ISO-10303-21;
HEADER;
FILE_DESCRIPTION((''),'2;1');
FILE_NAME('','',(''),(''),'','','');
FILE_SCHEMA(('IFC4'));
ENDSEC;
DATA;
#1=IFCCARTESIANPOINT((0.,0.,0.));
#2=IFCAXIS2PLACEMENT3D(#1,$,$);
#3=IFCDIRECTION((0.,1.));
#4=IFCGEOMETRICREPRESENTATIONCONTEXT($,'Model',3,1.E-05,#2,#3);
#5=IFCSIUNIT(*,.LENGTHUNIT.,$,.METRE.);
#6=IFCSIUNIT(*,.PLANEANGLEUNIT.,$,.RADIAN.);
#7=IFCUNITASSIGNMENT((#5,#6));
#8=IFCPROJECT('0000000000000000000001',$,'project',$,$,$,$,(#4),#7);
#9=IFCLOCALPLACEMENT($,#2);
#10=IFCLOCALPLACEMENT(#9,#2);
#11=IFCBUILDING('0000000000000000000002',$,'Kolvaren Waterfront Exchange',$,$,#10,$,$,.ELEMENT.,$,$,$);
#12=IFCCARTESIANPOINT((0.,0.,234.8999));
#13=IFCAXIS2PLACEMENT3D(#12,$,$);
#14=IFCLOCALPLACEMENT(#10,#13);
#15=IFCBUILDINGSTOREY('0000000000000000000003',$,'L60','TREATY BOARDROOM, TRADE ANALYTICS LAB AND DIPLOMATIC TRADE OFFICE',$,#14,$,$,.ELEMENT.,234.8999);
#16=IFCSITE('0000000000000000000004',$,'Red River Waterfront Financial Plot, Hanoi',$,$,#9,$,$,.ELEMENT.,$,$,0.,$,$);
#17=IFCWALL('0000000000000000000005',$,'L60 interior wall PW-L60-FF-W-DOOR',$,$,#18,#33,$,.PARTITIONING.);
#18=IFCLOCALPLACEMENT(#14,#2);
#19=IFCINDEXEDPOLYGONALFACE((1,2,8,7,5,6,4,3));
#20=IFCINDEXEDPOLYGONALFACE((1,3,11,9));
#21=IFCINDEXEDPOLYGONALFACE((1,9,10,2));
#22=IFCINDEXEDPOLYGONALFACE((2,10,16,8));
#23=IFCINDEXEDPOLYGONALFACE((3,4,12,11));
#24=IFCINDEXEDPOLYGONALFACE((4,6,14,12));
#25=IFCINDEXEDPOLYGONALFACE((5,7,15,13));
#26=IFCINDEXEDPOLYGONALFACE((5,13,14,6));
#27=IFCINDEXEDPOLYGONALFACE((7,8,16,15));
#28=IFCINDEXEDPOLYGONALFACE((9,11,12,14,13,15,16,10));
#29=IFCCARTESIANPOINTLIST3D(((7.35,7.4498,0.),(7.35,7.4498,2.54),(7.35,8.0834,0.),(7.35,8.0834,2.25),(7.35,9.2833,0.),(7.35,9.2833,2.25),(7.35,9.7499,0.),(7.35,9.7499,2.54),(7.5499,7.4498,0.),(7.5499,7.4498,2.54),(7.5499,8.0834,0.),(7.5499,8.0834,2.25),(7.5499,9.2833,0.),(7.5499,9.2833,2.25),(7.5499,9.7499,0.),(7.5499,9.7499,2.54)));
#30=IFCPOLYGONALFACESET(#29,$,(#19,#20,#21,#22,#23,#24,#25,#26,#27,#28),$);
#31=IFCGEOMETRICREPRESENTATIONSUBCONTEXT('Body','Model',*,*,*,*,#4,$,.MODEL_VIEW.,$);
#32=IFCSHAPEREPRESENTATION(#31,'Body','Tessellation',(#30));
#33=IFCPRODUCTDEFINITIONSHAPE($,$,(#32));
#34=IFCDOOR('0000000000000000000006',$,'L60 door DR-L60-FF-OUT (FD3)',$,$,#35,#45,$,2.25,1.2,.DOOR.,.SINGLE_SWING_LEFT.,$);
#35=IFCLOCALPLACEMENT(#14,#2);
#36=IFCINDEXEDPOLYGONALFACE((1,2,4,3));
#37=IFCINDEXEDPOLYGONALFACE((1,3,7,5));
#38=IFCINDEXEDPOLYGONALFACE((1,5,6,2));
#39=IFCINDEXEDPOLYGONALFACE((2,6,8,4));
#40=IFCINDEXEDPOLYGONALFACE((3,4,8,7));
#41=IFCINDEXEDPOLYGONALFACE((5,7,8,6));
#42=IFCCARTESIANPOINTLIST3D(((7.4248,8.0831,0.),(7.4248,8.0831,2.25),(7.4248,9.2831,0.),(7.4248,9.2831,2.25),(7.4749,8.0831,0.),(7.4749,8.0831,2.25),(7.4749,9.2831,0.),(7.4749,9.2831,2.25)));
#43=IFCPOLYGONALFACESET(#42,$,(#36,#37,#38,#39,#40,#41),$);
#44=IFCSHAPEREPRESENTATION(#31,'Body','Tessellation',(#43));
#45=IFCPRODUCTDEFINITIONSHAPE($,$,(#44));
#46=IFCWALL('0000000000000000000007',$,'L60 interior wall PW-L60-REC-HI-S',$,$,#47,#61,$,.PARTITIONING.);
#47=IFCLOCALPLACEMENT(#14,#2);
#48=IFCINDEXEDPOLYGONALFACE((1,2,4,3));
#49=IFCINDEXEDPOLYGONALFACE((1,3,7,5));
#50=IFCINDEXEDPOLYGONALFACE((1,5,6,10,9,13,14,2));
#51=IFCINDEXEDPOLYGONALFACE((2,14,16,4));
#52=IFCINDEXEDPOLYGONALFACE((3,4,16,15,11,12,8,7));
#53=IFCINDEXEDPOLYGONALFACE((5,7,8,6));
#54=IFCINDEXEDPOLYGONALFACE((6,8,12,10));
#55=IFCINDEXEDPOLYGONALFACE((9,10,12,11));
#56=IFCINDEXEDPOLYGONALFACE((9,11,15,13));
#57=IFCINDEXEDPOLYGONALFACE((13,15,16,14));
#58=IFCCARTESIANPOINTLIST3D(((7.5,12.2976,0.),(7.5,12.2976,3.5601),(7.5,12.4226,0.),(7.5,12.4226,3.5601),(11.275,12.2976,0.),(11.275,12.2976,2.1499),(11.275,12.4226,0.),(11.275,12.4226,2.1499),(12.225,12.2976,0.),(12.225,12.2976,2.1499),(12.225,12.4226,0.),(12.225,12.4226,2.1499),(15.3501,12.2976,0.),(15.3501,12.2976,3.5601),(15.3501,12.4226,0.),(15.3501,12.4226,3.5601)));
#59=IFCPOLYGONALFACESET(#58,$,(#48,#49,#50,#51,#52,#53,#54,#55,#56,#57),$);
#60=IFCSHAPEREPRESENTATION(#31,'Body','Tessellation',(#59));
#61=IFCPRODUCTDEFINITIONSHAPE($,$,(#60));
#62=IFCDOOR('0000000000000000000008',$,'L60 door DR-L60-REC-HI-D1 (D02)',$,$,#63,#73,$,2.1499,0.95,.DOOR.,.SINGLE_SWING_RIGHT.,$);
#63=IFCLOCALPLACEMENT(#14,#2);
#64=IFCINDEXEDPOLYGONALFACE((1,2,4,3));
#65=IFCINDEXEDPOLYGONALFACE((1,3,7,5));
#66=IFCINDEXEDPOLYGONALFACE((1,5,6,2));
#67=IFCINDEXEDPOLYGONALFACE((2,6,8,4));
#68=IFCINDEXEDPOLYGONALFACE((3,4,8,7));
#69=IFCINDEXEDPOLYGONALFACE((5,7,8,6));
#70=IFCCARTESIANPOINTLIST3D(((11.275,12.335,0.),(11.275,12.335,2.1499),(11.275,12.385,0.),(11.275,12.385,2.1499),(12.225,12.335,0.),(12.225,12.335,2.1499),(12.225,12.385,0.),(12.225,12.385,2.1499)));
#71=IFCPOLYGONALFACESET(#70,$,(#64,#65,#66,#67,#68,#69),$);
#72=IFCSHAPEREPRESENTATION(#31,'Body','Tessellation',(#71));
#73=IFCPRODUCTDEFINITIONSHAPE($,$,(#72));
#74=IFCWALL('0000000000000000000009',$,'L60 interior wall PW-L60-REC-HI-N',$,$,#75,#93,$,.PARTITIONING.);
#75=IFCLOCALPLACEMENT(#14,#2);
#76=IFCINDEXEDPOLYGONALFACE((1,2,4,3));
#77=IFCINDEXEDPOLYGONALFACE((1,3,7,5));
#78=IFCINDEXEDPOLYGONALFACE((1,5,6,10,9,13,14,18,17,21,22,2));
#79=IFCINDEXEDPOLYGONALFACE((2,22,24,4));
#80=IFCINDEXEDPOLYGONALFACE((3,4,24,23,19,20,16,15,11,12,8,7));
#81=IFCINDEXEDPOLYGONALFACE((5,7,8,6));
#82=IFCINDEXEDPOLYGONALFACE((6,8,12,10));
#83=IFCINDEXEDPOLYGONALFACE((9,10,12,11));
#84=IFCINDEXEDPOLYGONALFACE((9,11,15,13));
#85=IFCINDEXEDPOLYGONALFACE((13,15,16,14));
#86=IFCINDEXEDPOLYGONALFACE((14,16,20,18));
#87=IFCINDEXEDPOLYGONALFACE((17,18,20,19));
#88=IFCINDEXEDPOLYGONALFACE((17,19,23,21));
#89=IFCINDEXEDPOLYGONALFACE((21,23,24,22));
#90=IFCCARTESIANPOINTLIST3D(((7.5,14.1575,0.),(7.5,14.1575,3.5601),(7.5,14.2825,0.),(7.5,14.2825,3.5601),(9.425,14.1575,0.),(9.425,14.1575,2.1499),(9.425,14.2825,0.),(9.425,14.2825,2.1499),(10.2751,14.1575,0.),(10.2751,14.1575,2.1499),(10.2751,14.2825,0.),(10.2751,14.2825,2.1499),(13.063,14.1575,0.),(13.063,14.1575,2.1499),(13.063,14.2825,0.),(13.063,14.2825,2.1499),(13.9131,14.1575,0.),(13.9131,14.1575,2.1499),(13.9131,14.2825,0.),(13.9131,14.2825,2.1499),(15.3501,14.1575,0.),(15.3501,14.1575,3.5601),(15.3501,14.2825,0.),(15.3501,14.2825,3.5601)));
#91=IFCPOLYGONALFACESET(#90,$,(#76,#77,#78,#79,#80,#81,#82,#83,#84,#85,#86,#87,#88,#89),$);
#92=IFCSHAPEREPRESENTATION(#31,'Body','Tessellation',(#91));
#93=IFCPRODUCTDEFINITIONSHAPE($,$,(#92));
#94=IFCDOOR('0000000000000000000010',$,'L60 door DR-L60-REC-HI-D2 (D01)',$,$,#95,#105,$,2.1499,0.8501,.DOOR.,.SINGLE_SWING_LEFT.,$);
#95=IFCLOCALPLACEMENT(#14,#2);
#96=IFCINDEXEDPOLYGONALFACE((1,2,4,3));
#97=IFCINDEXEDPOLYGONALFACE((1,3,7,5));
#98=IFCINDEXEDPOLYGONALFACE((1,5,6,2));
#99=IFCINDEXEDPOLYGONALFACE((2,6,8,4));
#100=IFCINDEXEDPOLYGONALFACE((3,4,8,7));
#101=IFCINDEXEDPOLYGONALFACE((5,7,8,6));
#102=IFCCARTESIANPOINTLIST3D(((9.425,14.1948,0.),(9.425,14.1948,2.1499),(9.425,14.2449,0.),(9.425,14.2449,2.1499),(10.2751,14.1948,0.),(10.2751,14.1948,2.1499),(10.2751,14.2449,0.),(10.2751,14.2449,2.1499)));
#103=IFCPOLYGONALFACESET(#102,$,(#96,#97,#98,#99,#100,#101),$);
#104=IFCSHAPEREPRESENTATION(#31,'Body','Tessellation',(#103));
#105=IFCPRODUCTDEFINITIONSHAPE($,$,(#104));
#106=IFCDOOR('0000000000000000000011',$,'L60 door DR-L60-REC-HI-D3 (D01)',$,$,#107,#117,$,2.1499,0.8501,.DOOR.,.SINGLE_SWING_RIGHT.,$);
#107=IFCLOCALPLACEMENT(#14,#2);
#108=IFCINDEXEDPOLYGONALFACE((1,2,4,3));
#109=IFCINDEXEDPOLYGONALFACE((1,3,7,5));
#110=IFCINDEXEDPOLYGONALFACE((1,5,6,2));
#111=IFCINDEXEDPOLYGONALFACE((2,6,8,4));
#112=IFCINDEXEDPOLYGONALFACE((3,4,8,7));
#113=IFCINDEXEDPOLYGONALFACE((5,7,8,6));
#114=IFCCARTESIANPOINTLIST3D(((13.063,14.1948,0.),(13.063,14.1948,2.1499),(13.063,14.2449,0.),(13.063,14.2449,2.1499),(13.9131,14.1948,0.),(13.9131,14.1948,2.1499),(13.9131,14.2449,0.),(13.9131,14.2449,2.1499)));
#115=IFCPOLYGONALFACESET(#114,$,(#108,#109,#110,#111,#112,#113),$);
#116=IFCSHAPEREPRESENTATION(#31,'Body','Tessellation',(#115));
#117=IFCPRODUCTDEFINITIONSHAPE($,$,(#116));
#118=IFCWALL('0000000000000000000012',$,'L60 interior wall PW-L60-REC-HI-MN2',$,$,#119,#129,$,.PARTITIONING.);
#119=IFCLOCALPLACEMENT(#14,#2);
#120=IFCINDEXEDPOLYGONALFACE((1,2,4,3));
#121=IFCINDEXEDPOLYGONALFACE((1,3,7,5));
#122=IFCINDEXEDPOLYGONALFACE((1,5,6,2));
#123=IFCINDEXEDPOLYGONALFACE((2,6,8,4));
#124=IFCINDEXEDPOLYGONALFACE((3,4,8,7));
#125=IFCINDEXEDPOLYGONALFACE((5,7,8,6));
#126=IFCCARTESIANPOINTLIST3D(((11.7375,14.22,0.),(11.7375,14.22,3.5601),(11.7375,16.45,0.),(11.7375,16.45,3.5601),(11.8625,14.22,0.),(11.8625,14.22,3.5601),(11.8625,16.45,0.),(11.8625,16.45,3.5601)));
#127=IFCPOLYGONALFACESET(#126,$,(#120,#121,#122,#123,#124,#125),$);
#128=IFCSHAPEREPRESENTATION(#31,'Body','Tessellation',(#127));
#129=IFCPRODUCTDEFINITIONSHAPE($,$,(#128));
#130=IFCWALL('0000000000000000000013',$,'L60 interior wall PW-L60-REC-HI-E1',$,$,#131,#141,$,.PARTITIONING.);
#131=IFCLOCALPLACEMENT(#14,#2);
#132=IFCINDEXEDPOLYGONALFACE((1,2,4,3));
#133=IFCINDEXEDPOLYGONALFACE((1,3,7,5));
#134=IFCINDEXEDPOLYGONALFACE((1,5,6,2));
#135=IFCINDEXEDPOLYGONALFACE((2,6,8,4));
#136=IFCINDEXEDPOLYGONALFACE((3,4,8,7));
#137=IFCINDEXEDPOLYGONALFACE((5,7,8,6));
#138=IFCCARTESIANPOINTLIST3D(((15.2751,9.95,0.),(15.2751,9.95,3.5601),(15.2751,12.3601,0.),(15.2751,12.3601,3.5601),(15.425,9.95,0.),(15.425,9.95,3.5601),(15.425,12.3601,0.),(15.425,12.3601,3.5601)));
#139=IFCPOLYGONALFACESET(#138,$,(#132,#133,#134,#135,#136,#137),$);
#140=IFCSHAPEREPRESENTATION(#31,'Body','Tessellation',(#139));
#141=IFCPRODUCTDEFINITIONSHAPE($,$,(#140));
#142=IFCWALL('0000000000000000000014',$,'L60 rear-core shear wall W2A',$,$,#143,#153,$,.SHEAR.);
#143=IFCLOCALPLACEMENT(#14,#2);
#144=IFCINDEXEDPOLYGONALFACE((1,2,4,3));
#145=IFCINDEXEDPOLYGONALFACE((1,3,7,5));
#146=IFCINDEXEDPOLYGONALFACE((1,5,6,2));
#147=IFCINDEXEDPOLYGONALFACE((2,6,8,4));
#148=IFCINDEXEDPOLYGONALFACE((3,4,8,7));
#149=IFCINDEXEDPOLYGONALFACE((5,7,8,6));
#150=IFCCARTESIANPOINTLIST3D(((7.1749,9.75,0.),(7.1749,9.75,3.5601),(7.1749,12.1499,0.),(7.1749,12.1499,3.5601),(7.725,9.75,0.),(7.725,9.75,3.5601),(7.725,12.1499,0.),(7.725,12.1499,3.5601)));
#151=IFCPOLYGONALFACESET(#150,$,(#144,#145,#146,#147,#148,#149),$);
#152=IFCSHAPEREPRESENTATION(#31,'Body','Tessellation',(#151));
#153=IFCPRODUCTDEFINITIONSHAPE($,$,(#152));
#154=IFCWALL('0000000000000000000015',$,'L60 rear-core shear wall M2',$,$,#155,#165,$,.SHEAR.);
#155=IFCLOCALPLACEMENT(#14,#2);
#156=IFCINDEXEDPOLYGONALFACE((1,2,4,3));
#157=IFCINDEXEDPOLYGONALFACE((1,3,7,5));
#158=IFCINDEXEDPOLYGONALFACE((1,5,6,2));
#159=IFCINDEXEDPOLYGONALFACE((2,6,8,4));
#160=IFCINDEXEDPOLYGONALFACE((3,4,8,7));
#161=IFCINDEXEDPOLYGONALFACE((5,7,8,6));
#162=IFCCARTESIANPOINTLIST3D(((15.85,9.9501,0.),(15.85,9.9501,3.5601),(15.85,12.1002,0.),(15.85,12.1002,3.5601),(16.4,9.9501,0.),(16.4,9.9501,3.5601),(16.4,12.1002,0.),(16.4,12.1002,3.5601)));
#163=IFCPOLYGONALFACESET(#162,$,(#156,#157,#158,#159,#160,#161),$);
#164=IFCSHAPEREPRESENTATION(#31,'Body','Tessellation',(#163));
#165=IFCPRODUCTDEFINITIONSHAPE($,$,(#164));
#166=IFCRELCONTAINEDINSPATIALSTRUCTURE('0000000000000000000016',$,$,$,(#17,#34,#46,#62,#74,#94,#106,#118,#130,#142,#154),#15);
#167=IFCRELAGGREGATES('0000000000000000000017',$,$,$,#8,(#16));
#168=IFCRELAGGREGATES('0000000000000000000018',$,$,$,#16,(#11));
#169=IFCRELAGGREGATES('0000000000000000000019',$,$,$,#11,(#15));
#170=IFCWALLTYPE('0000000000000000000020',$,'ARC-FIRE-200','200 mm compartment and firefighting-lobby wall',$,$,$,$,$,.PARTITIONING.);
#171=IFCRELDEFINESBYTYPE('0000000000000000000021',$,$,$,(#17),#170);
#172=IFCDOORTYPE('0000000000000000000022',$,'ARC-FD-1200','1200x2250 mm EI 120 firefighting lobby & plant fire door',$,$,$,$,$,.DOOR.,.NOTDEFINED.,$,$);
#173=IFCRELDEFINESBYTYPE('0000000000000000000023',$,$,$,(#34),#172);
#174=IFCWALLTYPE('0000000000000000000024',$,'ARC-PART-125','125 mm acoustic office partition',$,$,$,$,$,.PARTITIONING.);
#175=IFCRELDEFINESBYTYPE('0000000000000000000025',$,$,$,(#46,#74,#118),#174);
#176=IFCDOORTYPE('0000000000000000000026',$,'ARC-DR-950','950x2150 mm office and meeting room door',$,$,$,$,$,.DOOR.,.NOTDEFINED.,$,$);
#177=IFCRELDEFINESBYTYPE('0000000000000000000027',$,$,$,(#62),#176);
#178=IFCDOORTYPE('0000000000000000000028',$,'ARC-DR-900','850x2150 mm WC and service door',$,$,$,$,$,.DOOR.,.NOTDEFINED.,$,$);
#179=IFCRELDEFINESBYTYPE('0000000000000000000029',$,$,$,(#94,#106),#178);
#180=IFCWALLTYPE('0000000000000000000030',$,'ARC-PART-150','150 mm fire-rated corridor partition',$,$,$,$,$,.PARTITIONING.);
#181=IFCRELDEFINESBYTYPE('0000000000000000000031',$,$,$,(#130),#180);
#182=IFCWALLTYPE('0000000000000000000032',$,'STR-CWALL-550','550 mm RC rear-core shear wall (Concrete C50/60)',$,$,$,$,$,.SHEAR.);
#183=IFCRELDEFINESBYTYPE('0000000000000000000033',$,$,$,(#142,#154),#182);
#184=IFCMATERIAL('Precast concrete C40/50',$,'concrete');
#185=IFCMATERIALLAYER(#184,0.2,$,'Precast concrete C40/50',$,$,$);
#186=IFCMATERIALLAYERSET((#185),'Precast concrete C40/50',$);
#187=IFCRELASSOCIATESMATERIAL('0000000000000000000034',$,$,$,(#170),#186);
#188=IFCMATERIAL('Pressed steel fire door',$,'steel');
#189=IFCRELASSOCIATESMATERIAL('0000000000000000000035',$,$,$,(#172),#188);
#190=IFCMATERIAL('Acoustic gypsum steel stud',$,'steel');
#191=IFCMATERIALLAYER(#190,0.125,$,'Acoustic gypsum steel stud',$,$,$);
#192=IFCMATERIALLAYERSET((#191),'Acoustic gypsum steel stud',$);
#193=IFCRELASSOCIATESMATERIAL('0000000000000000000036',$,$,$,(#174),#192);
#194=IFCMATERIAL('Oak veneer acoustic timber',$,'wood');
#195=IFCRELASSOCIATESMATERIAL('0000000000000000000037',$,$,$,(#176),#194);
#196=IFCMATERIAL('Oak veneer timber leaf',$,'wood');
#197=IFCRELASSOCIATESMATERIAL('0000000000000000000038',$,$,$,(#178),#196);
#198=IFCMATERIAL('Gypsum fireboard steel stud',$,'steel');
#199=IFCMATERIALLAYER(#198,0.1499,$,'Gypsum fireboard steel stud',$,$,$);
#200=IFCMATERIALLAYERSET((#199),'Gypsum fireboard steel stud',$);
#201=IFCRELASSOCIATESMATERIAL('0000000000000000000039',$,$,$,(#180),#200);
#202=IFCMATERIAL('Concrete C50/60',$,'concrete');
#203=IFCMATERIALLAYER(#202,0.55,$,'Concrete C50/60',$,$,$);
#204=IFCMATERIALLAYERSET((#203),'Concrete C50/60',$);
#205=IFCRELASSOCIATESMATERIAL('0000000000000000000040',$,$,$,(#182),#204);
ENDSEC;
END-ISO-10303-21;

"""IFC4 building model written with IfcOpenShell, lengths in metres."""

from ifc_helpers import new_model, si_unit, direction, frame, frame_2d, origin, place, context, subcontext, project, spatial, rectangle, extrude, material, layer, layer_set, type_object, element, fill, save


model = new_model("IFC4")

# Units and contexts
model_context = context("Model", 3, precision=1e-05, world=origin(), true_north=direction((0.0, 1.0)))
body_context = subcontext(model_context, "Body", "Model", "MODEL_VIEW")
ifc_project = project(units=[si_unit("LENGTHUNIT", "METRE"), si_unit("PLANEANGLEUNIT", "RADIAN")], contexts=[model_context])

# Site, building, storey
site_placement = place(None, origin())
site = spatial("IfcSite", under=ifc_project, at=site_placement, Name="Red River Waterfront Financial Plot, Hanoi", CompositionType="ELEMENT", RefElevation=0.0)
building_placement = place(site_placement, origin())
building = spatial("IfcBuilding", under=site, at=building_placement, Name="Kolvaren Waterfront Exchange", CompositionType="ELEMENT")
storey_placement = place(building_placement, frame((0.0, 0.0, 234.8999)))
storey = spatial("IfcBuildingStorey", under=building, at=storey_placement, Name="L60", Description="TREATY BOARDROOM, TRADE ANALYTICS LAB AND DIPLOMATIC TRADE OFFICE", CompositionType="ELEMENT", Elevation=234.8999)

# Shared definitions
ifc_material_1 = material(Name="Precast concrete C40/50", Category="concrete")
ifc_layer_1 = layer(ifc_material_1, 0.2, Name="Precast concrete C40/50")
ifc_layer_set_1 = layer_set([ifc_layer_1], Name="Precast concrete C40/50")
wall_type_1 = type_object("IfcWallType", Name="ARC-FIRE-200", Description="200 mm compartment and firefighting-lobby wall", PredefinedType="PARTITIONING", material=ifc_layer_set_1)

# Walls, openings, doors
wall_1_placement = place(storey_placement, frame((7.45, 7.45, 0.0), z_axis=(0.0, 0.0, 1.0), x_axis=(0.0, 1.0, 0.0)))
wall_1 = element("IfcWall", 1, at=wall_1_placement, inside=storey, type_object=wall_type_1, Name="L60 interior wall PW-L60-FF-W-DOOR", PredefinedType="PARTITIONING", context=body_context, shape_type="SweptSolid", body=[
    extrude(rectangle(XDim=2.3, YDim=0.2, at=frame_2d((1.1499, 0.0))), origin(), (0.0, 0.0, 1.0), 2.54),
])
opening_1_placement = place(wall_1_placement, frame((0.6333, 0.0, 0.0)))
opening_1 = element("IfcOpeningElement", 2, at=opening_1_placement, cuts=wall_1, PredefinedType="OPENING", context=body_context, shape_type="SweptSolid", body=[
    extrude(rectangle(XDim=1.2, YDim=2.25, at=frame_2d((0.6001, 1.125))), frame((0.0, 0.1099, 0.0), z_axis=(0.0, -1.0, 0.0), x_axis=(1.0, 0.0, 0.0)), (0.0, 0.0, 1.0), 0.22),
])
ifc_material_2 = material(Name="Pressed steel fire door", Category="steel")
door_type_1 = type_object("IfcDoorType", Name="ARC-FD-1200", Description="1200x2250 mm EI 120 firefighting lobby & plant fire door", OperationType="NOTDEFINED", PredefinedType="DOOR", material=ifc_material_2)
door_1_placement = place(opening_1_placement, frame((1.2, 0.0, 0.0), z_axis=(0.0, 0.0, 1.0), x_axis=(-1.0, 0.0, 0.0)))
door_1 = element("IfcDoor", 3, at=door_1_placement, inside=storey, type_object=door_type_1, Name="L60 door DR-L60-FF-OUT (FD3)", OperationType="SINGLE_SWING_LEFT", OverallHeight=2.25, OverallWidth=1.2, PredefinedType="DOOR", context=body_context, shape_type="SweptSolid", body=[
    extrude(rectangle(XDim=1.2, YDim=2.25, at=frame_2d((0.6001, 1.125))), frame((0.0, 0.0249, 0.0), z_axis=(0.0, -1.0, 0.0), x_axis=(1.0, 0.0, 0.0)), (0.0, 0.0, 1.0), 0.05),
])
fill(opening_1, door_1)
ifc_material_3 = material(Name="Acoustic gypsum steel stud", Category="steel")
ifc_layer_2 = layer(ifc_material_3, 0.125, Name="Acoustic gypsum steel stud")
ifc_layer_set_2 = layer_set([ifc_layer_2], Name="Acoustic gypsum steel stud")
wall_type_2 = type_object("IfcWallType", Name="ARC-PART-125", Description="125 mm acoustic office partition", PredefinedType="PARTITIONING", material=ifc_layer_set_2)
wall_2_placement = place(storey_placement, frame((7.5, 12.3601, 0.0), z_axis=(0.0, 0.0, 1.0), x_axis=(1.0, 0.0, 0.0)))
wall_2 = element("IfcWall", 4, at=wall_2_placement, inside=storey, type_object=wall_type_2, Name="L60 interior wall PW-L60-REC-HI-S", PredefinedType="PARTITIONING", context=body_context, shape_type="SweptSolid", body=[
    extrude(rectangle(XDim=7.8501, YDim=0.125, at=frame_2d((3.925, 0.0))), origin(), (0.0, 0.0, 1.0), 3.5601),
])
opening_2_placement = place(wall_2_placement, frame((3.7749, 0.0, 0.0)))
opening_2 = element("IfcOpeningElement", 5, at=opening_2_placement, cuts=wall_2, PredefinedType="OPENING", context=body_context, shape_type="SweptSolid", body=[
    extrude(rectangle(XDim=0.95, YDim=2.1499, at=frame_2d((0.4751, 1.075))), frame((0.0, 0.0725, 0.0), z_axis=(0.0, -1.0, 0.0), x_axis=(1.0, 0.0, 0.0)), (0.0, 0.0, 1.0), 0.145),
])
ifc_material_4 = material(Name="Oak veneer acoustic timber", Category="wood")
door_type_2 = type_object("IfcDoorType", Name="ARC-DR-950", Description="950x2150 mm office and meeting room door", OperationType="NOTDEFINED", PredefinedType="DOOR", material=ifc_material_4)
door_2_placement = place(opening_2_placement, origin())
door_2 = element("IfcDoor", 6, at=door_2_placement, inside=storey, type_object=door_type_2, Name="L60 door DR-L60-REC-HI-D1 (D02)", OperationType="SINGLE_SWING_RIGHT", OverallHeight=2.1499, OverallWidth=0.95, PredefinedType="DOOR", context=body_context, shape_type="SweptSolid", body=[
    extrude(rectangle(XDim=0.95, YDim=2.1499, at=frame_2d((0.4751, 1.075))), frame((0.0, 0.0249, 0.0), z_axis=(0.0, -1.0, 0.0), x_axis=(1.0, 0.0, 0.0)), (0.0, 0.0, 1.0), 0.05),
])
fill(opening_2, door_2)

# Wall, openings, doors
wall_3_placement = place(storey_placement, frame((7.5, 14.22, 0.0), z_axis=(0.0, 0.0, 1.0), x_axis=(1.0, 0.0, 0.0)))
wall_3 = element("IfcWall", 7, at=wall_3_placement, inside=storey, type_object=wall_type_2, Name="L60 interior wall PW-L60-REC-HI-N", PredefinedType="PARTITIONING", context=body_context, shape_type="SweptSolid", body=[
    extrude(rectangle(XDim=7.8501, YDim=0.125, at=frame_2d((3.925, 0.0))), origin(), (0.0, 0.0, 1.0), 3.5601),
])
opening_3_placement = place(wall_3_placement, frame((1.925, 0.0, 0.0)))
opening_3 = element("IfcOpeningElement", 8, at=opening_3_placement, cuts=wall_3, PredefinedType="OPENING", context=body_context, shape_type="SweptSolid", body=[
    extrude(rectangle(XDim=0.8501, YDim=2.1499, at=frame_2d((0.425, 1.075))), frame((0.0, 0.0725, 0.0), z_axis=(0.0, -1.0, 0.0), x_axis=(1.0, 0.0, 0.0)), (0.0, 0.0, 1.0), 0.145),
])
opening_4_placement = place(wall_3_placement, frame((5.563, 0.0, 0.0)))
opening_4 = element("IfcOpeningElement", 9, at=opening_4_placement, cuts=wall_3, PredefinedType="OPENING", context=body_context, shape_type="SweptSolid", body=[
    extrude(rectangle(XDim=0.8501, YDim=2.1499, at=frame_2d((0.425, 1.075))), frame((0.0, 0.0725, 0.0), z_axis=(0.0, -1.0, 0.0), x_axis=(1.0, 0.0, 0.0)), (0.0, 0.0, 1.0), 0.145),
])
ifc_material_5 = material(Name="Oak veneer timber leaf", Category="wood")
door_type_3 = type_object("IfcDoorType", Name="ARC-DR-900", Description="850x2150 mm WC and service door", OperationType="NOTDEFINED", PredefinedType="DOOR", material=ifc_material_5)
door_3_placement = place(opening_3_placement, origin())
door_3 = element("IfcDoor", 10, at=door_3_placement, inside=storey, type_object=door_type_3, Name="L60 door DR-L60-REC-HI-D2 (D01)", OperationType="SINGLE_SWING_LEFT", OverallHeight=2.1499, OverallWidth=0.8501, PredefinedType="DOOR", context=body_context, shape_type="SweptSolid", body=[
    extrude(rectangle(XDim=0.8501, YDim=2.1499, at=frame_2d((0.425, 1.075))), frame((0.0, 0.0249, 0.0), z_axis=(0.0, -1.0, 0.0), x_axis=(1.0, 0.0, 0.0)), (0.0, 0.0, 1.0), 0.05),
])
fill(opening_3, door_3)
door_4_placement = place(opening_4_placement, origin())
door_4 = element("IfcDoor", 11, at=door_4_placement, inside=storey, type_object=door_type_3, Name="L60 door DR-L60-REC-HI-D3 (D01)", OperationType="SINGLE_SWING_RIGHT", OverallHeight=2.1499, OverallWidth=0.8501, PredefinedType="DOOR", context=body_context, shape_type="SweptSolid", body=[
    extrude(rectangle(XDim=0.8501, YDim=2.1499, at=frame_2d((0.425, 1.075))), frame((0.0, 0.0249, 0.0), z_axis=(0.0, -1.0, 0.0), x_axis=(1.0, 0.0, 0.0)), (0.0, 0.0, 1.0), 0.05),
])
fill(opening_4, door_4)

# Walls
wall_4_placement = place(storey_placement, frame((11.8, 14.22, 0.0), z_axis=(0.0, 0.0, 1.0), x_axis=(0.0, 1.0, 0.0)))
element("IfcWall", 12, at=wall_4_placement, inside=storey, type_object=wall_type_2, Name="L60 interior wall PW-L60-REC-HI-MN2", PredefinedType="PARTITIONING", context=body_context, shape_type="SweptSolid", body=[
    extrude(rectangle(XDim=2.23, YDim=0.125, at=frame_2d((1.115, 0.0))), origin(), (0.0, 0.0, 1.0), 3.5601),
])
ifc_material_6 = material(Name="Gypsum fireboard steel stud", Category="steel")
ifc_layer_3 = layer(ifc_material_6, 0.1499, Name="Gypsum fireboard steel stud")
ifc_layer_set_3 = layer_set([ifc_layer_3], Name="Gypsum fireboard steel stud")
wall_type_3 = type_object("IfcWallType", Name="ARC-PART-150", Description="150 mm fire-rated corridor partition", PredefinedType="PARTITIONING", material=ifc_layer_set_3)
wall_5_placement = place(storey_placement, frame((15.3501, 9.95, 0.0), z_axis=(0.0, 0.0, 1.0), x_axis=(0.0, 1.0, 0.0)))
element("IfcWall", 13, at=wall_5_placement, inside=storey, type_object=wall_type_3, Name="L60 interior wall PW-L60-REC-HI-E1", PredefinedType="PARTITIONING", context=body_context, shape_type="SweptSolid", body=[
    extrude(rectangle(XDim=2.4102, YDim=0.1499, at=frame_2d((1.2051, 0.0))), origin(), (0.0, 0.0, 1.0), 3.5601),
])
ifc_material_7 = material(Name="Concrete C50/60", Category="concrete")
ifc_layer_4 = layer(ifc_material_7, 0.55, Name="Concrete C50/60")
ifc_layer_set_4 = layer_set([ifc_layer_4], Name="Concrete C50/60")
wall_type_4 = type_object("IfcWallType", Name="STR-CWALL-550", Description="550 mm RC rear-core shear wall (Concrete C50/60)", PredefinedType="SHEAR", material=ifc_layer_set_4)
wall_6_placement = place(storey_placement, frame((7.45, 9.75, 0.0), z_axis=(0.0, 0.0, 1.0), x_axis=(0.0, 1.0, 0.0)))
element("IfcWall", 14, at=wall_6_placement, inside=storey, type_object=wall_type_4, Name="L60 rear-core shear wall W2A", PredefinedType="SHEAR", context=body_context, shape_type="SweptSolid", body=[
    extrude(rectangle(XDim=2.3999, YDim=0.55, at=frame_2d((1.2, 0.0))), origin(), (0.0, 0.0, 1.0), 3.5601),
])
wall_7_placement = place(storey_placement, frame((16.125, 9.95, 0.0), z_axis=(0.0, 0.0, 1.0), x_axis=(0.0, 1.0, 0.0)))
element("IfcWall", 15, at=wall_7_placement, inside=storey, type_object=wall_type_4, Name="L60 rear-core shear wall M2", PredefinedType="SHEAR", context=body_context, shape_type="SweptSolid", body=[
    extrude(rectangle(XDim=2.1501, YDim=0.55, at=frame_2d((1.0752, 0.0))), origin(), (0.0, 0.0, 1.0), 3.5601),
])

save(model, "model.ifc")
